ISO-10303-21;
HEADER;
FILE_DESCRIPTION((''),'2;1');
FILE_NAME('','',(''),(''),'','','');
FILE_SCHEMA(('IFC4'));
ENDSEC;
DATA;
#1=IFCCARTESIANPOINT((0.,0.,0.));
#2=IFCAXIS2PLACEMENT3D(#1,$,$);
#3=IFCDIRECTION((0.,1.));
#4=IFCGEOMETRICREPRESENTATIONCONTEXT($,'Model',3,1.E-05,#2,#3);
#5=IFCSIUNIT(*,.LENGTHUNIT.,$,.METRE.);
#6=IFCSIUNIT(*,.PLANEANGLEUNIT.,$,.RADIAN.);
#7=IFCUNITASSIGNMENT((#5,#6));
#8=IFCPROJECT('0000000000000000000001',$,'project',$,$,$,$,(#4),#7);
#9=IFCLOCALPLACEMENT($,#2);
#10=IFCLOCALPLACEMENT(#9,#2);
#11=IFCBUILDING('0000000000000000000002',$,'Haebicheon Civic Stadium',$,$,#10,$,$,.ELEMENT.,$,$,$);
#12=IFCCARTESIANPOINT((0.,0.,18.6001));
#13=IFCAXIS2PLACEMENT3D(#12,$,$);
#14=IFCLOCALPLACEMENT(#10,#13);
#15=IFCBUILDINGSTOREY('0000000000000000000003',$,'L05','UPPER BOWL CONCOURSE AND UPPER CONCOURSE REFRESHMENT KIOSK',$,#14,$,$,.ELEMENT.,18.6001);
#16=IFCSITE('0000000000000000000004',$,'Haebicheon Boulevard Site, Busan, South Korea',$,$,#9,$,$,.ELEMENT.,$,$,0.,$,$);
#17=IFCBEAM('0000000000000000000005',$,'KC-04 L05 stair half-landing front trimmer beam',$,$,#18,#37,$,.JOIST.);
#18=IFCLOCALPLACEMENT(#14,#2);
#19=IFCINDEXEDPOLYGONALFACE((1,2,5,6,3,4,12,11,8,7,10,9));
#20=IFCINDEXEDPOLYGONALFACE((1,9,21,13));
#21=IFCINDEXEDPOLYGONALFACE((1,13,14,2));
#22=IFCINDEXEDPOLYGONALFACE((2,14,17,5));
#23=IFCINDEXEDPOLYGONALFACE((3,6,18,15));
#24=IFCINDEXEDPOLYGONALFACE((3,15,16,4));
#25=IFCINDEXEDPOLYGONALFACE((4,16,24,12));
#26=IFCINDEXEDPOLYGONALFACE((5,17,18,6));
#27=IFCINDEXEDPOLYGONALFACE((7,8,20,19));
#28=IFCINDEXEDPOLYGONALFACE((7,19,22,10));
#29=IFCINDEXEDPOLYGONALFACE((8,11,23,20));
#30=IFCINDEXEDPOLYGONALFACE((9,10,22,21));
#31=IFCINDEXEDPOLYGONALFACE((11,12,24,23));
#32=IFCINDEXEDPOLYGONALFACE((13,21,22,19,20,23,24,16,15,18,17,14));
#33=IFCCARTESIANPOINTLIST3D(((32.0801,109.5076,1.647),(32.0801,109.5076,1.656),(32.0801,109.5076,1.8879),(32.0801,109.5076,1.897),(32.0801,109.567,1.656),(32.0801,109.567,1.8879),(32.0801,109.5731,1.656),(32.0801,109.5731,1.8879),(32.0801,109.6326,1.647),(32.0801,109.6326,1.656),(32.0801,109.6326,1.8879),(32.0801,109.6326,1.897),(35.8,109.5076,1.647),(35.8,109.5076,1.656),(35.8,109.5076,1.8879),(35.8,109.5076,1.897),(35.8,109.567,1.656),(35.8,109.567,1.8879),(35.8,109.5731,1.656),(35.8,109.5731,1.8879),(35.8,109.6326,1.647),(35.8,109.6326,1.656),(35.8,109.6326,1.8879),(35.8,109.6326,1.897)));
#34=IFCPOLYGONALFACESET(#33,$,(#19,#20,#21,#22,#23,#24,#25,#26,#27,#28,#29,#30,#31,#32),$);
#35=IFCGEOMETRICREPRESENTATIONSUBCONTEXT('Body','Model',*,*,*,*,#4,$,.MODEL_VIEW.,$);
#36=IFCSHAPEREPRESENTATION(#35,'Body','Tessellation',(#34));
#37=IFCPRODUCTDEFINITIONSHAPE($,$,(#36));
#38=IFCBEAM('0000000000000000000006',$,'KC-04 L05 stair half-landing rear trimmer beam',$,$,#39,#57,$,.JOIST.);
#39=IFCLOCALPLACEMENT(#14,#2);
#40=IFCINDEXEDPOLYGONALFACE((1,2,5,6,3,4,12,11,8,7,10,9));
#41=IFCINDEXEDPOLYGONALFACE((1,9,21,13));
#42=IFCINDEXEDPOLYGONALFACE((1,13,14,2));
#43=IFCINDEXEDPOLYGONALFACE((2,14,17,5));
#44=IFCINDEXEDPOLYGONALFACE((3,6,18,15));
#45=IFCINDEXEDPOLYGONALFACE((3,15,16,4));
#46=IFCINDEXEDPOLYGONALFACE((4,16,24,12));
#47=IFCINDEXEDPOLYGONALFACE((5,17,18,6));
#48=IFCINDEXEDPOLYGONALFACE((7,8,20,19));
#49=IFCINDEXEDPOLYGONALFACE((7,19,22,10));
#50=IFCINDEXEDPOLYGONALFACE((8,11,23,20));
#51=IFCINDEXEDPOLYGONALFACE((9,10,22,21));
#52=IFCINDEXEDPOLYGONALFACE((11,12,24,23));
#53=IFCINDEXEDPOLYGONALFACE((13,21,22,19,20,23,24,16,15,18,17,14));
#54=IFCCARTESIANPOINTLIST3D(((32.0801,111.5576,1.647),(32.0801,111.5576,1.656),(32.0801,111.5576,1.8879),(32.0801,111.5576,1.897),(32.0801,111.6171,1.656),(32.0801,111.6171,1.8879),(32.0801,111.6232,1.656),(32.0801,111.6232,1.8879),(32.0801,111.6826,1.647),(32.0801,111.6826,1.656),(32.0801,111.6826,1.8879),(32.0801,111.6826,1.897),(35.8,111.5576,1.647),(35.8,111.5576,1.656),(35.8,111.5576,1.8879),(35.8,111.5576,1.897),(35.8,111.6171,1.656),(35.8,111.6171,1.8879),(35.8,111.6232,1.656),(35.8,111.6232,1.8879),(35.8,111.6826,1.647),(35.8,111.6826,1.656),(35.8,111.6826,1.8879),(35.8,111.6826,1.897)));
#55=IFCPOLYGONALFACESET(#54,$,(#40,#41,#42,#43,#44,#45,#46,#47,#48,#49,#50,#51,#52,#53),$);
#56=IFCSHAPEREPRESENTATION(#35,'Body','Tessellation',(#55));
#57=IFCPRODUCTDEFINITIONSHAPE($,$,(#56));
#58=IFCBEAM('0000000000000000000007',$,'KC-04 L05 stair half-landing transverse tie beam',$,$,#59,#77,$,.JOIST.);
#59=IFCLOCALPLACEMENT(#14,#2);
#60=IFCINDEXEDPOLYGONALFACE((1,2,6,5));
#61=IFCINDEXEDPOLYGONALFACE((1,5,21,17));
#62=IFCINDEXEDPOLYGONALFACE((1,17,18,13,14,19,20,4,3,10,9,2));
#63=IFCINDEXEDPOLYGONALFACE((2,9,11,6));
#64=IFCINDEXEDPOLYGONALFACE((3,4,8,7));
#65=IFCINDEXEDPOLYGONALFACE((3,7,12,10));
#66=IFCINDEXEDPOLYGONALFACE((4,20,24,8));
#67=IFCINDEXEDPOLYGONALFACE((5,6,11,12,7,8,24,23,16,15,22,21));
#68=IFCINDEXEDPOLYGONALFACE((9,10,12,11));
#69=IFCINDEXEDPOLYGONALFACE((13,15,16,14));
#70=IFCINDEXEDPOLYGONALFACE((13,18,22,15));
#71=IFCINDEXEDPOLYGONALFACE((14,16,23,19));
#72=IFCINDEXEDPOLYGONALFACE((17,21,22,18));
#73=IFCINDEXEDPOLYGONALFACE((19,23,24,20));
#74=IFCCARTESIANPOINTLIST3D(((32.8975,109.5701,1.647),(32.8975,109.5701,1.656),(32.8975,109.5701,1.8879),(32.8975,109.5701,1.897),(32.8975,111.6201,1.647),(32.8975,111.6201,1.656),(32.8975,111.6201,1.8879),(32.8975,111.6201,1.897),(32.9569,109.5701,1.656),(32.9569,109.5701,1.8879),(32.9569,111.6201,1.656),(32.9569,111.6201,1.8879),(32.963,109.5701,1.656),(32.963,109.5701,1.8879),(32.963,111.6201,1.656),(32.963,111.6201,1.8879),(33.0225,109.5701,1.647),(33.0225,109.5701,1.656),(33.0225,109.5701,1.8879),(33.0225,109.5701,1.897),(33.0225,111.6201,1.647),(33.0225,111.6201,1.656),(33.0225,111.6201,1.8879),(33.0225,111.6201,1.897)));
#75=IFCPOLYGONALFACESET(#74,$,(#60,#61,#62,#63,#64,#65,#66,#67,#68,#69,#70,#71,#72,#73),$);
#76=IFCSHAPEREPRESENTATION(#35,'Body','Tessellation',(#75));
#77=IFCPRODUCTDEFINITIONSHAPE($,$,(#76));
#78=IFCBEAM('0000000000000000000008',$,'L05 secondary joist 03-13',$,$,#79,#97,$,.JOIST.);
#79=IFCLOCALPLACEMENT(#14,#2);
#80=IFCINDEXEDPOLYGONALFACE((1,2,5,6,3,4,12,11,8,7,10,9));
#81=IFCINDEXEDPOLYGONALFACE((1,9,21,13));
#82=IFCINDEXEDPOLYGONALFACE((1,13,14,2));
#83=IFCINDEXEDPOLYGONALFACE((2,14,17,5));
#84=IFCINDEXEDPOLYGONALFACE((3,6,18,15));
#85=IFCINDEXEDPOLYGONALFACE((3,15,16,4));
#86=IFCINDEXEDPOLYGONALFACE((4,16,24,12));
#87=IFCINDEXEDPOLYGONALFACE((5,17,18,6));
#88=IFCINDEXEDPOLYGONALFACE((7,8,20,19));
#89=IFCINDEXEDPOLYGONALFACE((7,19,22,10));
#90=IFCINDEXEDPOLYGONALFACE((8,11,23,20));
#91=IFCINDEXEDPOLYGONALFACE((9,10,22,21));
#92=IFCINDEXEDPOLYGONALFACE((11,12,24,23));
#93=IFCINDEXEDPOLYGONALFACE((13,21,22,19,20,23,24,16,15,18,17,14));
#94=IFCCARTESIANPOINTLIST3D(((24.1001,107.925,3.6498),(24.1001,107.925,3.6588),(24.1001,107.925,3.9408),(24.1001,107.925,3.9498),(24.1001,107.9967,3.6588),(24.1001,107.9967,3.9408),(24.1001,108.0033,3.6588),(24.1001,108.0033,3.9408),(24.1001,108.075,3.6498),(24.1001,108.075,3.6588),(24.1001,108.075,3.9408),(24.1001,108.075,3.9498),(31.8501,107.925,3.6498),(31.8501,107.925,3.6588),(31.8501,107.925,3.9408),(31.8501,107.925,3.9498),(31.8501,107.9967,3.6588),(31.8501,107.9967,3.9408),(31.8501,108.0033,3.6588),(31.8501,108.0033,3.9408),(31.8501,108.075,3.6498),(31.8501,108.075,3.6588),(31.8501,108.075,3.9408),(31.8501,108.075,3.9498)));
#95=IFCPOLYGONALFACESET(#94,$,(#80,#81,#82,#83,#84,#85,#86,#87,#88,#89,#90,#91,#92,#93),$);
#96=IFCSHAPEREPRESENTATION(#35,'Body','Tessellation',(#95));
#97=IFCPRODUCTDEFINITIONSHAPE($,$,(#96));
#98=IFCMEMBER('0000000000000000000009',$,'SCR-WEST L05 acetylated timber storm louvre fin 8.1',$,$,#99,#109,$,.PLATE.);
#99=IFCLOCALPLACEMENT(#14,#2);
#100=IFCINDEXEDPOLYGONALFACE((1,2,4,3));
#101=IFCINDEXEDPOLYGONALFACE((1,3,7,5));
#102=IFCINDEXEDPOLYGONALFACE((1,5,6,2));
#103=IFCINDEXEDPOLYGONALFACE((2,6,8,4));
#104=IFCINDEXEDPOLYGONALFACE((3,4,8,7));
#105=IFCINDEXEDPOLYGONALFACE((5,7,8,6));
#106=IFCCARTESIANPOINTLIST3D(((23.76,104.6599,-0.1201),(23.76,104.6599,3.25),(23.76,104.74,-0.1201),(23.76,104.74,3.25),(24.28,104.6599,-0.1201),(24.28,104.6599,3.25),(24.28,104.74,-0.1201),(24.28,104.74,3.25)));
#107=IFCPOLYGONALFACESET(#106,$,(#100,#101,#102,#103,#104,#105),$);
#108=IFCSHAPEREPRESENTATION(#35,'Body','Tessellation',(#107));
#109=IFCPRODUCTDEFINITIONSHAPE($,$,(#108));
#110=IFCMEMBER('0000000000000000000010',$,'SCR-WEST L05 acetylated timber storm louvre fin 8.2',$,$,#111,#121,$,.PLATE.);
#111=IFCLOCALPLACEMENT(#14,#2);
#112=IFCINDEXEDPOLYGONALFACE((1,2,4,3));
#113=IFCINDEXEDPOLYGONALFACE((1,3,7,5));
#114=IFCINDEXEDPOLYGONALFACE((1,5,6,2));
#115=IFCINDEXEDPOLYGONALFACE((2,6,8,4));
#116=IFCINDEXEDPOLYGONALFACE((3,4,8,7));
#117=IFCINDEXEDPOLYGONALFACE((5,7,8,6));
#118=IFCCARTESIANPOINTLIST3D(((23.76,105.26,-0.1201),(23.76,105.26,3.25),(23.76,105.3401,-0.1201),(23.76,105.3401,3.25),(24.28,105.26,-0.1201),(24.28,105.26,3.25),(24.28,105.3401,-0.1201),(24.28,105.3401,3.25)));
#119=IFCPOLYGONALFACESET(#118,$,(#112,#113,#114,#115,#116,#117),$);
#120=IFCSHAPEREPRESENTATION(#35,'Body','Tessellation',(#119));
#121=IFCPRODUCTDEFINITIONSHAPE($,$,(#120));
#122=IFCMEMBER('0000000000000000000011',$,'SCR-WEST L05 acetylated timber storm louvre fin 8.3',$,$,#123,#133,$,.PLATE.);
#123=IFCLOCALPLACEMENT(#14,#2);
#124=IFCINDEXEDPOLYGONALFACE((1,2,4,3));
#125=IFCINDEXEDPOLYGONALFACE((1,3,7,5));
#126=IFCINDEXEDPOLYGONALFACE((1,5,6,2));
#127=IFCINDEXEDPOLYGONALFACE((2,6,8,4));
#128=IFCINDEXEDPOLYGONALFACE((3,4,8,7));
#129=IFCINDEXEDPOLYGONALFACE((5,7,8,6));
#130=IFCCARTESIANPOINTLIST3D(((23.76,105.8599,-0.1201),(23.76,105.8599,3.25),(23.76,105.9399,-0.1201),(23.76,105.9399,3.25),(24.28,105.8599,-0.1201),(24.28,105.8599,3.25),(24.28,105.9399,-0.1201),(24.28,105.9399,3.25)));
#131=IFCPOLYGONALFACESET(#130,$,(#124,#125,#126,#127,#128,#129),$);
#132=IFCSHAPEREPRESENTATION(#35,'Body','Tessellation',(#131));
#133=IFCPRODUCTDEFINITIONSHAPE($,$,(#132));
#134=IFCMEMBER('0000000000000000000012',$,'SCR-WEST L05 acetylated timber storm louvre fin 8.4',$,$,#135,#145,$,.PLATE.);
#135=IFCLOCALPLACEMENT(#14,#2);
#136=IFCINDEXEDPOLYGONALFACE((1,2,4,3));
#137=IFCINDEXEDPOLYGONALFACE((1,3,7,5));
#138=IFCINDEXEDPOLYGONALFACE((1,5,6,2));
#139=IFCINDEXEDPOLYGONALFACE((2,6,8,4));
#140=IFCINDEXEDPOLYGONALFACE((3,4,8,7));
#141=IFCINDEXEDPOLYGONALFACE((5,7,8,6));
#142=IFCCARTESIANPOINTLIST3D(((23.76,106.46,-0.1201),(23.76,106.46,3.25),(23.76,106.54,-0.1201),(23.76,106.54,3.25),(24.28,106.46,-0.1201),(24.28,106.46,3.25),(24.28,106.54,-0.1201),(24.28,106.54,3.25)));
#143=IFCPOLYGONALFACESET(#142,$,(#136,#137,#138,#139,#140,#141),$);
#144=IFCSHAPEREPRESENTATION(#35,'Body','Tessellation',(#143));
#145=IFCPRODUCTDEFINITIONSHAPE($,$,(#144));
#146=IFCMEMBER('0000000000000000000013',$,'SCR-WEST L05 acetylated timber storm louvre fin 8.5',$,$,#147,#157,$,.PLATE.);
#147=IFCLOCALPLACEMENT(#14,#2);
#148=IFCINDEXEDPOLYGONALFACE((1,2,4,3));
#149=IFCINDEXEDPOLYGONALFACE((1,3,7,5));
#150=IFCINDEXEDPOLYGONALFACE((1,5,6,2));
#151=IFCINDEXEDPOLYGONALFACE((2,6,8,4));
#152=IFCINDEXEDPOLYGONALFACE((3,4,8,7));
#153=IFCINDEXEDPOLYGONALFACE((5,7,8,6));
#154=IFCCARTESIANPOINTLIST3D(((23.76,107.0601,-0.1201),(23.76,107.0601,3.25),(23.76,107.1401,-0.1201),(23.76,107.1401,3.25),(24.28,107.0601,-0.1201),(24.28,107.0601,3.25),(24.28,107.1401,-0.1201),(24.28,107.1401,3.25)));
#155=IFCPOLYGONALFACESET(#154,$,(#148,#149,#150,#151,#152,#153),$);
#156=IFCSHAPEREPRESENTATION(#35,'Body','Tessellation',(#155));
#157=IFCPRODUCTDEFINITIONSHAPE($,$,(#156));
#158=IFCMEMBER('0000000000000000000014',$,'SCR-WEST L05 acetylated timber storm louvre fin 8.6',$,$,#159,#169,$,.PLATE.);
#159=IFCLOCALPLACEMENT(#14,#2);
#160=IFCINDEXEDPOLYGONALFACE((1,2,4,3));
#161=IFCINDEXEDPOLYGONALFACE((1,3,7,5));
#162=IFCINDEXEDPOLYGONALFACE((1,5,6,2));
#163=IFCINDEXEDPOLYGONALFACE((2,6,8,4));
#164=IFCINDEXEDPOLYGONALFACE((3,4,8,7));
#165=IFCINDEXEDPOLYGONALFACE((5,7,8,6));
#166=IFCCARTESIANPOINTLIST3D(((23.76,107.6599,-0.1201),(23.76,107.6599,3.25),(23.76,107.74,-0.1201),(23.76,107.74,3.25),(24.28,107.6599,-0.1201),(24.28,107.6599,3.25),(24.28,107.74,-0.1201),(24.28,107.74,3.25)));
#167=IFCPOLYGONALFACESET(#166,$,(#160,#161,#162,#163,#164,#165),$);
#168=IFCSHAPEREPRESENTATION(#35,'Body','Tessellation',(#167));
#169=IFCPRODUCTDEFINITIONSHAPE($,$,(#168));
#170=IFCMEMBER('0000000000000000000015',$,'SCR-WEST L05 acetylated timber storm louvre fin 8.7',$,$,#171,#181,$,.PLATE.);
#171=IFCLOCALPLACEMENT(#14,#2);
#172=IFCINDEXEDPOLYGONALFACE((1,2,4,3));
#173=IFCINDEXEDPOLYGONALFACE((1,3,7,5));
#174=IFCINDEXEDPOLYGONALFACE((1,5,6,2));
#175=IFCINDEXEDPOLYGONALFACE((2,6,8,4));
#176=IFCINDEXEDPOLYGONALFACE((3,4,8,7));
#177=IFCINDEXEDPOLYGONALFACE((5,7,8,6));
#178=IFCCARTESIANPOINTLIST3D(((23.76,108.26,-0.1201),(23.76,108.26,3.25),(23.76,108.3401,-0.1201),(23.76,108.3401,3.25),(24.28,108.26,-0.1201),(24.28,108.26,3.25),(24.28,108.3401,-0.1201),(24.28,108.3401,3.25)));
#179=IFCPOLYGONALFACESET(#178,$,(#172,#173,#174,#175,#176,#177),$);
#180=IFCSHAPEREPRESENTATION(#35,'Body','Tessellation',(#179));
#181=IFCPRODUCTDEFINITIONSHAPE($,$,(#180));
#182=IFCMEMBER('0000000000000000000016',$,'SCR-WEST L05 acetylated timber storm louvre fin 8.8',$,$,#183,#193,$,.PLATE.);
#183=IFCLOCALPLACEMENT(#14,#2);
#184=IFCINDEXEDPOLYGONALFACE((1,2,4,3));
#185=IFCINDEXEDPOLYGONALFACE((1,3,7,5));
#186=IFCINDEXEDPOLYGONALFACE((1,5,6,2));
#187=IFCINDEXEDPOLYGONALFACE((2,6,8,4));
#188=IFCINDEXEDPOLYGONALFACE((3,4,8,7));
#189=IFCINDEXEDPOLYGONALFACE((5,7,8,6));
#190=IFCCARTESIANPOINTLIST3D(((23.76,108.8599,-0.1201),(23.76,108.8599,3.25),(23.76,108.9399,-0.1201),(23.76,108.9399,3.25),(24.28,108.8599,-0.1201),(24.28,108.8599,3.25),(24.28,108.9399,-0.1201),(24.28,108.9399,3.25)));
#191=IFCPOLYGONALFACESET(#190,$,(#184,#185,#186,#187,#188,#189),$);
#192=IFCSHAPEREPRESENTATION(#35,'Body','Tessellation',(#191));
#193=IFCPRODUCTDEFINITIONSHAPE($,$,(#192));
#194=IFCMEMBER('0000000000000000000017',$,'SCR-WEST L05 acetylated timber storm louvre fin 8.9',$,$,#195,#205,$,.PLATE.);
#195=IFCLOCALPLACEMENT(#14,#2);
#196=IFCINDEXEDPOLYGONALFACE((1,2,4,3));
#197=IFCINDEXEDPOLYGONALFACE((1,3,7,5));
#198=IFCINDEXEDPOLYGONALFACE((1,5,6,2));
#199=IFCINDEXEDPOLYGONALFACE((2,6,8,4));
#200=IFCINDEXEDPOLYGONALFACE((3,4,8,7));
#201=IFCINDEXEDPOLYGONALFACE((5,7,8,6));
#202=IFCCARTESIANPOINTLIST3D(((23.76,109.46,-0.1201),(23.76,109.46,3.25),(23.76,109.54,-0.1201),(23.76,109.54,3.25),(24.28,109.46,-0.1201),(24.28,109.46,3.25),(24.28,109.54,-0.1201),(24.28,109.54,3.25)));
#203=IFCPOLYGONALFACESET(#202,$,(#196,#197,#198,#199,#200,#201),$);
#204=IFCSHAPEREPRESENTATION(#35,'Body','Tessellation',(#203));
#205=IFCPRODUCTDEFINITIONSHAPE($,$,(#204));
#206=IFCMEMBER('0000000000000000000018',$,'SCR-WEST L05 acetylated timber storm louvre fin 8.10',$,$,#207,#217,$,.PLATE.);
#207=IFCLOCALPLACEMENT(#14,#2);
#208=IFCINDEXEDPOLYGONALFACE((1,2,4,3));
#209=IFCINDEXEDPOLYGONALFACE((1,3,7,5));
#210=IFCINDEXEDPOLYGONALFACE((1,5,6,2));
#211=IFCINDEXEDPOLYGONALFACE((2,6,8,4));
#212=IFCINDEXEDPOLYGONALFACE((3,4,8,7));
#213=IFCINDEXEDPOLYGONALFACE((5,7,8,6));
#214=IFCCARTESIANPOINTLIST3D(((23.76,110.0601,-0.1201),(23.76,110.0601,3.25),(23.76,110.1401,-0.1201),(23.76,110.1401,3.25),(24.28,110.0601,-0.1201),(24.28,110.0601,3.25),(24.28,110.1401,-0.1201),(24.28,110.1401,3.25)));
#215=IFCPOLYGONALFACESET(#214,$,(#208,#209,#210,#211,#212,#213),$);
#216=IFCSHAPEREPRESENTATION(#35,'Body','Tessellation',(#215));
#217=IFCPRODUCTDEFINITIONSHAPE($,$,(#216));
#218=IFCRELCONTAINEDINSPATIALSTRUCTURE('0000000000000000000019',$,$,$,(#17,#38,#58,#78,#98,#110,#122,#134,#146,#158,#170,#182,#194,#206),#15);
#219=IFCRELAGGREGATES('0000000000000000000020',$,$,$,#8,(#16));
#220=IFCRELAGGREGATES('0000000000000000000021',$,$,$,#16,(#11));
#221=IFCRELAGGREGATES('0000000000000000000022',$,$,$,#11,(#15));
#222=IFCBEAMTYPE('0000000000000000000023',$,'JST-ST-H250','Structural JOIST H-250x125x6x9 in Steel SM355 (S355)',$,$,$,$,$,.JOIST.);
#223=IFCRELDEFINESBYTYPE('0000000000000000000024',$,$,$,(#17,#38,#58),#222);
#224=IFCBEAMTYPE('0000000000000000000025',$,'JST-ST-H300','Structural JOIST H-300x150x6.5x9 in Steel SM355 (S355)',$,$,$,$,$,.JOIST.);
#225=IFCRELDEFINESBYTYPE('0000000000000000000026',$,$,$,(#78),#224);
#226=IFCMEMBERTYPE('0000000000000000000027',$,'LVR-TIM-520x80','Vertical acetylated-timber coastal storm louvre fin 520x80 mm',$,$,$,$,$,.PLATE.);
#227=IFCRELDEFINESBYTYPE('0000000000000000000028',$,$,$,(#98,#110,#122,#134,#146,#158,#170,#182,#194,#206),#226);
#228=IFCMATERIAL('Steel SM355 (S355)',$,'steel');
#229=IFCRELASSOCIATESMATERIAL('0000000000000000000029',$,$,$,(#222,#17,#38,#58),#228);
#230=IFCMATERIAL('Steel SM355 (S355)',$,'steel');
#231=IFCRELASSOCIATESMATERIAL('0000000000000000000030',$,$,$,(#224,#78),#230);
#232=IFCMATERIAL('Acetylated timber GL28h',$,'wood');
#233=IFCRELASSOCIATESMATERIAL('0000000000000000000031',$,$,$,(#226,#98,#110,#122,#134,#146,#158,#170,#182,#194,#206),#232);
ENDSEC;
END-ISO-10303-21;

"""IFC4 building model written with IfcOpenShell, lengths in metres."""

from ifc_helpers import new_model, si_unit, direction, frame, origin, origin_2d, place, context, subcontext, project, spatial, rectangle, i_section, extrude, material, material_profile, profile_set, type_object, element, save


model = new_model("IFC4")

# Units and contexts
model_context = context("Model", 3, precision=1e-05, world=origin(), true_north=direction((0.0, 1.0)))
body_context = subcontext(model_context, "Body", "Model", "MODEL_VIEW")
ifc_project = project(units=[si_unit("LENGTHUNIT", "METRE"), si_unit("PLANEANGLEUNIT", "RADIAN")], contexts=[model_context])

# Site, building, storey
site_placement = place(None, origin())
site = spatial("IfcSite", under=ifc_project, at=site_placement, Name="Haebicheon Boulevard Site, Busan, South Korea", CompositionType="ELEMENT", RefElevation=0.0)
building_placement = place(site_placement, origin())
building = spatial("IfcBuilding", under=site, at=building_placement, Name="Haebicheon Civic Stadium", CompositionType="ELEMENT")
storey_placement = place(building_placement, frame((0.0, 0.0, 18.6001)))
storey = spatial("IfcBuildingStorey", under=building, at=storey_placement, Name="L05", Description="UPPER BOWL CONCOURSE AND UPPER CONCOURSE REFRESHMENT KIOSK", CompositionType="ELEMENT", Elevation=18.6001)

# Beams
ifc_material_1 = material(Name="Steel SM355 (S355)", Category="steel")
ifc_material_profile_1 = material_profile(ifc_material_1, i_section(OverallWidth=0.125, OverallDepth=0.25, WebThickness=0.0061, FlangeThickness=0.009, at=origin_2d()), Name="H-250x125x6x9")
ifc_profile_set_1 = profile_set([ifc_material_profile_1], Name="Steel SM355 (S355)")
beam_type_1 = type_object("IfcBeamType", Name="JST-ST-H250", Description="Structural JOIST H-250x125x6x9 in Steel SM355 (S355)", PredefinedType="JOIST", material=ifc_profile_set_1)
for number, where, z_axis, x_axis, name in (
    (1, (32.0801, 109.5701, 1.772), (1.0, 0.0, 0.0), (0.0, 1.0, 0.0), "KC-04 L05 stair half-landing front trimmer beam"),
    (2, (32.0801, 111.6201, 1.772), (1.0, 0.0, 0.0), (0.0, 1.0, 0.0), "KC-04 L05 stair half-landing rear trimmer beam"),
):
    element("IfcBeam", number, at=place(storey_placement, frame(where, z_axis=z_axis, x_axis=x_axis)), inside=storey, type_object=beam_type_1, material=ifc_profile_set_1, Name=name, PredefinedType="JOIST", context=body_context, shape_type="SweptSolid", body=[
        extrude(i_section(OverallWidth=0.125, OverallDepth=0.25, WebThickness=0.0061, FlangeThickness=0.009, at=origin_2d()), origin(), (0.0, 0.0, 1.0), 3.72),
    ])
beam_1_placement = place(storey_placement, frame((32.96, 109.5701, 1.772), z_axis=(0.0, 1.0, 0.0), x_axis=(-1.0, 0.0, 0.0)))
element("IfcBeam", 3, at=beam_1_placement, inside=storey, type_object=beam_type_1, material=ifc_profile_set_1, Name="KC-04 L05 stair half-landing transverse tie beam", PredefinedType="JOIST", context=body_context, shape_type="SweptSolid", body=[
    extrude(i_section(OverallWidth=0.125, OverallDepth=0.25, WebThickness=0.0061, FlangeThickness=0.009, at=origin_2d()), origin(), (0.0, 0.0, 1.0), 2.05),
])
ifc_material_2 = material(Name="Steel SM355 (S355)", Category="steel")
ifc_material_profile_2 = material_profile(ifc_material_2, i_section(OverallWidth=0.1499, OverallDepth=0.3, WebThickness=0.0066, FlangeThickness=0.009, at=origin_2d()), Name="H-300x150x6.5x9")
ifc_profile_set_2 = profile_set([ifc_material_profile_2], Name="Steel SM355 (S355)")
beam_type_2 = type_object("IfcBeamType", Name="JST-ST-H300", Description="Structural JOIST H-300x150x6.5x9 in Steel SM355 (S355)", PredefinedType="JOIST", material=ifc_profile_set_2)
beam_2_placement = place(storey_placement, frame((24.1001, 108.0, 3.7998), z_axis=(1.0, 0.0, 0.0), x_axis=(0.0, 1.0, 0.0)))
element("IfcBeam", 4, at=beam_2_placement, inside=storey, type_object=beam_type_2, material=ifc_profile_set_2, Name="L05 secondary joist 03-13", PredefinedType="JOIST", context=body_context, shape_type="SweptSolid", body=[
    extrude(i_section(OverallWidth=0.1499, OverallDepth=0.3, WebThickness=0.0066, FlangeThickness=0.009, at=origin_2d()), origin(), (0.0, 0.0, 1.0), 7.75),
])

# Members
ifc_material_3 = material(Name="Acetylated timber GL28h", Category="wood")
ifc_material_profile_3 = material_profile(ifc_material_3, rectangle(XDim=0.0801, YDim=0.52, at=origin_2d()), Name="TMB-LOUV-80x520")
ifc_profile_set_3 = profile_set([ifc_material_profile_3], Name="Acetylated timber GL28h")
member_type = type_object("IfcMemberType", Name="LVR-TIM-520x80", Description="Vertical acetylated-timber coastal storm louvre fin 520x80 mm", PredefinedType="PLATE", material=ifc_profile_set_3)
for number, where, z_axis, x_axis, name in (
    (5, (24.02, 104.7, -0.1201), (0.0, 0.0, 1.0), (0.0, 1.0, 0.0), "SCR-WEST L05 acetylated timber storm louvre fin 8.1"),
    (6, (24.02, 105.3, -0.1201), (0.0, 0.0, 1.0), (0.0, 1.0, 0.0), "SCR-WEST L05 acetylated timber storm louvre fin 8.2"),
    (7, (24.02, 105.8999, -0.1201), (0.0, 0.0, 1.0), (0.0, 1.0, 0.0), "SCR-WEST L05 acetylated timber storm louvre fin 8.3"),
    (8, (24.02, 106.5, -0.1201), (0.0, 0.0, 1.0), (0.0, 1.0, 0.0), "SCR-WEST L05 acetylated timber storm louvre fin 8.4"),
    (9, (24.02, 107.1001, -0.1201), (0.0, 0.0, 1.0), (0.0, 1.0, 0.0), "SCR-WEST L05 acetylated timber storm louvre fin 8.5"),
    (10, (24.02, 107.7, -0.1201), (0.0, 0.0, 1.0), (0.0, 1.0, 0.0), "SCR-WEST L05 acetylated timber storm louvre fin 8.6"),
    (11, (24.02, 108.3, -0.1201), (0.0, 0.0, 1.0), (0.0, 1.0, 0.0), "SCR-WEST L05 acetylated timber storm louvre fin 8.7"),
    (12, (24.02, 108.8999, -0.1201), (0.0, 0.0, 1.0), (0.0, 1.0, 0.0), "SCR-WEST L05 acetylated timber storm louvre fin 8.8"),
    (13, (24.02, 109.5, -0.1201), (0.0, 0.0, 1.0), (0.0, 1.0, 0.0), "SCR-WEST L05 acetylated timber storm louvre fin 8.9"),
    (14, (24.02, 110.1001, -0.1201), (0.0, 0.0, 1.0), (0.0, 1.0, 0.0), "SCR-WEST L05 acetylated timber storm louvre fin 8.10"),
):
    element("IfcMember", number, at=place(storey_placement, frame(where, z_axis=z_axis, x_axis=x_axis)), inside=storey, type_object=member_type, material=ifc_profile_set_3, Name=name, PredefinedType="PLATE", context=body_context, shape_type="SweptSolid", body=[
        extrude(rectangle(XDim=0.0801, YDim=0.52, at=origin_2d()), origin(), (0.0, 0.0, 1.0), 3.3701),
    ])

save(model, "model.ifc")
